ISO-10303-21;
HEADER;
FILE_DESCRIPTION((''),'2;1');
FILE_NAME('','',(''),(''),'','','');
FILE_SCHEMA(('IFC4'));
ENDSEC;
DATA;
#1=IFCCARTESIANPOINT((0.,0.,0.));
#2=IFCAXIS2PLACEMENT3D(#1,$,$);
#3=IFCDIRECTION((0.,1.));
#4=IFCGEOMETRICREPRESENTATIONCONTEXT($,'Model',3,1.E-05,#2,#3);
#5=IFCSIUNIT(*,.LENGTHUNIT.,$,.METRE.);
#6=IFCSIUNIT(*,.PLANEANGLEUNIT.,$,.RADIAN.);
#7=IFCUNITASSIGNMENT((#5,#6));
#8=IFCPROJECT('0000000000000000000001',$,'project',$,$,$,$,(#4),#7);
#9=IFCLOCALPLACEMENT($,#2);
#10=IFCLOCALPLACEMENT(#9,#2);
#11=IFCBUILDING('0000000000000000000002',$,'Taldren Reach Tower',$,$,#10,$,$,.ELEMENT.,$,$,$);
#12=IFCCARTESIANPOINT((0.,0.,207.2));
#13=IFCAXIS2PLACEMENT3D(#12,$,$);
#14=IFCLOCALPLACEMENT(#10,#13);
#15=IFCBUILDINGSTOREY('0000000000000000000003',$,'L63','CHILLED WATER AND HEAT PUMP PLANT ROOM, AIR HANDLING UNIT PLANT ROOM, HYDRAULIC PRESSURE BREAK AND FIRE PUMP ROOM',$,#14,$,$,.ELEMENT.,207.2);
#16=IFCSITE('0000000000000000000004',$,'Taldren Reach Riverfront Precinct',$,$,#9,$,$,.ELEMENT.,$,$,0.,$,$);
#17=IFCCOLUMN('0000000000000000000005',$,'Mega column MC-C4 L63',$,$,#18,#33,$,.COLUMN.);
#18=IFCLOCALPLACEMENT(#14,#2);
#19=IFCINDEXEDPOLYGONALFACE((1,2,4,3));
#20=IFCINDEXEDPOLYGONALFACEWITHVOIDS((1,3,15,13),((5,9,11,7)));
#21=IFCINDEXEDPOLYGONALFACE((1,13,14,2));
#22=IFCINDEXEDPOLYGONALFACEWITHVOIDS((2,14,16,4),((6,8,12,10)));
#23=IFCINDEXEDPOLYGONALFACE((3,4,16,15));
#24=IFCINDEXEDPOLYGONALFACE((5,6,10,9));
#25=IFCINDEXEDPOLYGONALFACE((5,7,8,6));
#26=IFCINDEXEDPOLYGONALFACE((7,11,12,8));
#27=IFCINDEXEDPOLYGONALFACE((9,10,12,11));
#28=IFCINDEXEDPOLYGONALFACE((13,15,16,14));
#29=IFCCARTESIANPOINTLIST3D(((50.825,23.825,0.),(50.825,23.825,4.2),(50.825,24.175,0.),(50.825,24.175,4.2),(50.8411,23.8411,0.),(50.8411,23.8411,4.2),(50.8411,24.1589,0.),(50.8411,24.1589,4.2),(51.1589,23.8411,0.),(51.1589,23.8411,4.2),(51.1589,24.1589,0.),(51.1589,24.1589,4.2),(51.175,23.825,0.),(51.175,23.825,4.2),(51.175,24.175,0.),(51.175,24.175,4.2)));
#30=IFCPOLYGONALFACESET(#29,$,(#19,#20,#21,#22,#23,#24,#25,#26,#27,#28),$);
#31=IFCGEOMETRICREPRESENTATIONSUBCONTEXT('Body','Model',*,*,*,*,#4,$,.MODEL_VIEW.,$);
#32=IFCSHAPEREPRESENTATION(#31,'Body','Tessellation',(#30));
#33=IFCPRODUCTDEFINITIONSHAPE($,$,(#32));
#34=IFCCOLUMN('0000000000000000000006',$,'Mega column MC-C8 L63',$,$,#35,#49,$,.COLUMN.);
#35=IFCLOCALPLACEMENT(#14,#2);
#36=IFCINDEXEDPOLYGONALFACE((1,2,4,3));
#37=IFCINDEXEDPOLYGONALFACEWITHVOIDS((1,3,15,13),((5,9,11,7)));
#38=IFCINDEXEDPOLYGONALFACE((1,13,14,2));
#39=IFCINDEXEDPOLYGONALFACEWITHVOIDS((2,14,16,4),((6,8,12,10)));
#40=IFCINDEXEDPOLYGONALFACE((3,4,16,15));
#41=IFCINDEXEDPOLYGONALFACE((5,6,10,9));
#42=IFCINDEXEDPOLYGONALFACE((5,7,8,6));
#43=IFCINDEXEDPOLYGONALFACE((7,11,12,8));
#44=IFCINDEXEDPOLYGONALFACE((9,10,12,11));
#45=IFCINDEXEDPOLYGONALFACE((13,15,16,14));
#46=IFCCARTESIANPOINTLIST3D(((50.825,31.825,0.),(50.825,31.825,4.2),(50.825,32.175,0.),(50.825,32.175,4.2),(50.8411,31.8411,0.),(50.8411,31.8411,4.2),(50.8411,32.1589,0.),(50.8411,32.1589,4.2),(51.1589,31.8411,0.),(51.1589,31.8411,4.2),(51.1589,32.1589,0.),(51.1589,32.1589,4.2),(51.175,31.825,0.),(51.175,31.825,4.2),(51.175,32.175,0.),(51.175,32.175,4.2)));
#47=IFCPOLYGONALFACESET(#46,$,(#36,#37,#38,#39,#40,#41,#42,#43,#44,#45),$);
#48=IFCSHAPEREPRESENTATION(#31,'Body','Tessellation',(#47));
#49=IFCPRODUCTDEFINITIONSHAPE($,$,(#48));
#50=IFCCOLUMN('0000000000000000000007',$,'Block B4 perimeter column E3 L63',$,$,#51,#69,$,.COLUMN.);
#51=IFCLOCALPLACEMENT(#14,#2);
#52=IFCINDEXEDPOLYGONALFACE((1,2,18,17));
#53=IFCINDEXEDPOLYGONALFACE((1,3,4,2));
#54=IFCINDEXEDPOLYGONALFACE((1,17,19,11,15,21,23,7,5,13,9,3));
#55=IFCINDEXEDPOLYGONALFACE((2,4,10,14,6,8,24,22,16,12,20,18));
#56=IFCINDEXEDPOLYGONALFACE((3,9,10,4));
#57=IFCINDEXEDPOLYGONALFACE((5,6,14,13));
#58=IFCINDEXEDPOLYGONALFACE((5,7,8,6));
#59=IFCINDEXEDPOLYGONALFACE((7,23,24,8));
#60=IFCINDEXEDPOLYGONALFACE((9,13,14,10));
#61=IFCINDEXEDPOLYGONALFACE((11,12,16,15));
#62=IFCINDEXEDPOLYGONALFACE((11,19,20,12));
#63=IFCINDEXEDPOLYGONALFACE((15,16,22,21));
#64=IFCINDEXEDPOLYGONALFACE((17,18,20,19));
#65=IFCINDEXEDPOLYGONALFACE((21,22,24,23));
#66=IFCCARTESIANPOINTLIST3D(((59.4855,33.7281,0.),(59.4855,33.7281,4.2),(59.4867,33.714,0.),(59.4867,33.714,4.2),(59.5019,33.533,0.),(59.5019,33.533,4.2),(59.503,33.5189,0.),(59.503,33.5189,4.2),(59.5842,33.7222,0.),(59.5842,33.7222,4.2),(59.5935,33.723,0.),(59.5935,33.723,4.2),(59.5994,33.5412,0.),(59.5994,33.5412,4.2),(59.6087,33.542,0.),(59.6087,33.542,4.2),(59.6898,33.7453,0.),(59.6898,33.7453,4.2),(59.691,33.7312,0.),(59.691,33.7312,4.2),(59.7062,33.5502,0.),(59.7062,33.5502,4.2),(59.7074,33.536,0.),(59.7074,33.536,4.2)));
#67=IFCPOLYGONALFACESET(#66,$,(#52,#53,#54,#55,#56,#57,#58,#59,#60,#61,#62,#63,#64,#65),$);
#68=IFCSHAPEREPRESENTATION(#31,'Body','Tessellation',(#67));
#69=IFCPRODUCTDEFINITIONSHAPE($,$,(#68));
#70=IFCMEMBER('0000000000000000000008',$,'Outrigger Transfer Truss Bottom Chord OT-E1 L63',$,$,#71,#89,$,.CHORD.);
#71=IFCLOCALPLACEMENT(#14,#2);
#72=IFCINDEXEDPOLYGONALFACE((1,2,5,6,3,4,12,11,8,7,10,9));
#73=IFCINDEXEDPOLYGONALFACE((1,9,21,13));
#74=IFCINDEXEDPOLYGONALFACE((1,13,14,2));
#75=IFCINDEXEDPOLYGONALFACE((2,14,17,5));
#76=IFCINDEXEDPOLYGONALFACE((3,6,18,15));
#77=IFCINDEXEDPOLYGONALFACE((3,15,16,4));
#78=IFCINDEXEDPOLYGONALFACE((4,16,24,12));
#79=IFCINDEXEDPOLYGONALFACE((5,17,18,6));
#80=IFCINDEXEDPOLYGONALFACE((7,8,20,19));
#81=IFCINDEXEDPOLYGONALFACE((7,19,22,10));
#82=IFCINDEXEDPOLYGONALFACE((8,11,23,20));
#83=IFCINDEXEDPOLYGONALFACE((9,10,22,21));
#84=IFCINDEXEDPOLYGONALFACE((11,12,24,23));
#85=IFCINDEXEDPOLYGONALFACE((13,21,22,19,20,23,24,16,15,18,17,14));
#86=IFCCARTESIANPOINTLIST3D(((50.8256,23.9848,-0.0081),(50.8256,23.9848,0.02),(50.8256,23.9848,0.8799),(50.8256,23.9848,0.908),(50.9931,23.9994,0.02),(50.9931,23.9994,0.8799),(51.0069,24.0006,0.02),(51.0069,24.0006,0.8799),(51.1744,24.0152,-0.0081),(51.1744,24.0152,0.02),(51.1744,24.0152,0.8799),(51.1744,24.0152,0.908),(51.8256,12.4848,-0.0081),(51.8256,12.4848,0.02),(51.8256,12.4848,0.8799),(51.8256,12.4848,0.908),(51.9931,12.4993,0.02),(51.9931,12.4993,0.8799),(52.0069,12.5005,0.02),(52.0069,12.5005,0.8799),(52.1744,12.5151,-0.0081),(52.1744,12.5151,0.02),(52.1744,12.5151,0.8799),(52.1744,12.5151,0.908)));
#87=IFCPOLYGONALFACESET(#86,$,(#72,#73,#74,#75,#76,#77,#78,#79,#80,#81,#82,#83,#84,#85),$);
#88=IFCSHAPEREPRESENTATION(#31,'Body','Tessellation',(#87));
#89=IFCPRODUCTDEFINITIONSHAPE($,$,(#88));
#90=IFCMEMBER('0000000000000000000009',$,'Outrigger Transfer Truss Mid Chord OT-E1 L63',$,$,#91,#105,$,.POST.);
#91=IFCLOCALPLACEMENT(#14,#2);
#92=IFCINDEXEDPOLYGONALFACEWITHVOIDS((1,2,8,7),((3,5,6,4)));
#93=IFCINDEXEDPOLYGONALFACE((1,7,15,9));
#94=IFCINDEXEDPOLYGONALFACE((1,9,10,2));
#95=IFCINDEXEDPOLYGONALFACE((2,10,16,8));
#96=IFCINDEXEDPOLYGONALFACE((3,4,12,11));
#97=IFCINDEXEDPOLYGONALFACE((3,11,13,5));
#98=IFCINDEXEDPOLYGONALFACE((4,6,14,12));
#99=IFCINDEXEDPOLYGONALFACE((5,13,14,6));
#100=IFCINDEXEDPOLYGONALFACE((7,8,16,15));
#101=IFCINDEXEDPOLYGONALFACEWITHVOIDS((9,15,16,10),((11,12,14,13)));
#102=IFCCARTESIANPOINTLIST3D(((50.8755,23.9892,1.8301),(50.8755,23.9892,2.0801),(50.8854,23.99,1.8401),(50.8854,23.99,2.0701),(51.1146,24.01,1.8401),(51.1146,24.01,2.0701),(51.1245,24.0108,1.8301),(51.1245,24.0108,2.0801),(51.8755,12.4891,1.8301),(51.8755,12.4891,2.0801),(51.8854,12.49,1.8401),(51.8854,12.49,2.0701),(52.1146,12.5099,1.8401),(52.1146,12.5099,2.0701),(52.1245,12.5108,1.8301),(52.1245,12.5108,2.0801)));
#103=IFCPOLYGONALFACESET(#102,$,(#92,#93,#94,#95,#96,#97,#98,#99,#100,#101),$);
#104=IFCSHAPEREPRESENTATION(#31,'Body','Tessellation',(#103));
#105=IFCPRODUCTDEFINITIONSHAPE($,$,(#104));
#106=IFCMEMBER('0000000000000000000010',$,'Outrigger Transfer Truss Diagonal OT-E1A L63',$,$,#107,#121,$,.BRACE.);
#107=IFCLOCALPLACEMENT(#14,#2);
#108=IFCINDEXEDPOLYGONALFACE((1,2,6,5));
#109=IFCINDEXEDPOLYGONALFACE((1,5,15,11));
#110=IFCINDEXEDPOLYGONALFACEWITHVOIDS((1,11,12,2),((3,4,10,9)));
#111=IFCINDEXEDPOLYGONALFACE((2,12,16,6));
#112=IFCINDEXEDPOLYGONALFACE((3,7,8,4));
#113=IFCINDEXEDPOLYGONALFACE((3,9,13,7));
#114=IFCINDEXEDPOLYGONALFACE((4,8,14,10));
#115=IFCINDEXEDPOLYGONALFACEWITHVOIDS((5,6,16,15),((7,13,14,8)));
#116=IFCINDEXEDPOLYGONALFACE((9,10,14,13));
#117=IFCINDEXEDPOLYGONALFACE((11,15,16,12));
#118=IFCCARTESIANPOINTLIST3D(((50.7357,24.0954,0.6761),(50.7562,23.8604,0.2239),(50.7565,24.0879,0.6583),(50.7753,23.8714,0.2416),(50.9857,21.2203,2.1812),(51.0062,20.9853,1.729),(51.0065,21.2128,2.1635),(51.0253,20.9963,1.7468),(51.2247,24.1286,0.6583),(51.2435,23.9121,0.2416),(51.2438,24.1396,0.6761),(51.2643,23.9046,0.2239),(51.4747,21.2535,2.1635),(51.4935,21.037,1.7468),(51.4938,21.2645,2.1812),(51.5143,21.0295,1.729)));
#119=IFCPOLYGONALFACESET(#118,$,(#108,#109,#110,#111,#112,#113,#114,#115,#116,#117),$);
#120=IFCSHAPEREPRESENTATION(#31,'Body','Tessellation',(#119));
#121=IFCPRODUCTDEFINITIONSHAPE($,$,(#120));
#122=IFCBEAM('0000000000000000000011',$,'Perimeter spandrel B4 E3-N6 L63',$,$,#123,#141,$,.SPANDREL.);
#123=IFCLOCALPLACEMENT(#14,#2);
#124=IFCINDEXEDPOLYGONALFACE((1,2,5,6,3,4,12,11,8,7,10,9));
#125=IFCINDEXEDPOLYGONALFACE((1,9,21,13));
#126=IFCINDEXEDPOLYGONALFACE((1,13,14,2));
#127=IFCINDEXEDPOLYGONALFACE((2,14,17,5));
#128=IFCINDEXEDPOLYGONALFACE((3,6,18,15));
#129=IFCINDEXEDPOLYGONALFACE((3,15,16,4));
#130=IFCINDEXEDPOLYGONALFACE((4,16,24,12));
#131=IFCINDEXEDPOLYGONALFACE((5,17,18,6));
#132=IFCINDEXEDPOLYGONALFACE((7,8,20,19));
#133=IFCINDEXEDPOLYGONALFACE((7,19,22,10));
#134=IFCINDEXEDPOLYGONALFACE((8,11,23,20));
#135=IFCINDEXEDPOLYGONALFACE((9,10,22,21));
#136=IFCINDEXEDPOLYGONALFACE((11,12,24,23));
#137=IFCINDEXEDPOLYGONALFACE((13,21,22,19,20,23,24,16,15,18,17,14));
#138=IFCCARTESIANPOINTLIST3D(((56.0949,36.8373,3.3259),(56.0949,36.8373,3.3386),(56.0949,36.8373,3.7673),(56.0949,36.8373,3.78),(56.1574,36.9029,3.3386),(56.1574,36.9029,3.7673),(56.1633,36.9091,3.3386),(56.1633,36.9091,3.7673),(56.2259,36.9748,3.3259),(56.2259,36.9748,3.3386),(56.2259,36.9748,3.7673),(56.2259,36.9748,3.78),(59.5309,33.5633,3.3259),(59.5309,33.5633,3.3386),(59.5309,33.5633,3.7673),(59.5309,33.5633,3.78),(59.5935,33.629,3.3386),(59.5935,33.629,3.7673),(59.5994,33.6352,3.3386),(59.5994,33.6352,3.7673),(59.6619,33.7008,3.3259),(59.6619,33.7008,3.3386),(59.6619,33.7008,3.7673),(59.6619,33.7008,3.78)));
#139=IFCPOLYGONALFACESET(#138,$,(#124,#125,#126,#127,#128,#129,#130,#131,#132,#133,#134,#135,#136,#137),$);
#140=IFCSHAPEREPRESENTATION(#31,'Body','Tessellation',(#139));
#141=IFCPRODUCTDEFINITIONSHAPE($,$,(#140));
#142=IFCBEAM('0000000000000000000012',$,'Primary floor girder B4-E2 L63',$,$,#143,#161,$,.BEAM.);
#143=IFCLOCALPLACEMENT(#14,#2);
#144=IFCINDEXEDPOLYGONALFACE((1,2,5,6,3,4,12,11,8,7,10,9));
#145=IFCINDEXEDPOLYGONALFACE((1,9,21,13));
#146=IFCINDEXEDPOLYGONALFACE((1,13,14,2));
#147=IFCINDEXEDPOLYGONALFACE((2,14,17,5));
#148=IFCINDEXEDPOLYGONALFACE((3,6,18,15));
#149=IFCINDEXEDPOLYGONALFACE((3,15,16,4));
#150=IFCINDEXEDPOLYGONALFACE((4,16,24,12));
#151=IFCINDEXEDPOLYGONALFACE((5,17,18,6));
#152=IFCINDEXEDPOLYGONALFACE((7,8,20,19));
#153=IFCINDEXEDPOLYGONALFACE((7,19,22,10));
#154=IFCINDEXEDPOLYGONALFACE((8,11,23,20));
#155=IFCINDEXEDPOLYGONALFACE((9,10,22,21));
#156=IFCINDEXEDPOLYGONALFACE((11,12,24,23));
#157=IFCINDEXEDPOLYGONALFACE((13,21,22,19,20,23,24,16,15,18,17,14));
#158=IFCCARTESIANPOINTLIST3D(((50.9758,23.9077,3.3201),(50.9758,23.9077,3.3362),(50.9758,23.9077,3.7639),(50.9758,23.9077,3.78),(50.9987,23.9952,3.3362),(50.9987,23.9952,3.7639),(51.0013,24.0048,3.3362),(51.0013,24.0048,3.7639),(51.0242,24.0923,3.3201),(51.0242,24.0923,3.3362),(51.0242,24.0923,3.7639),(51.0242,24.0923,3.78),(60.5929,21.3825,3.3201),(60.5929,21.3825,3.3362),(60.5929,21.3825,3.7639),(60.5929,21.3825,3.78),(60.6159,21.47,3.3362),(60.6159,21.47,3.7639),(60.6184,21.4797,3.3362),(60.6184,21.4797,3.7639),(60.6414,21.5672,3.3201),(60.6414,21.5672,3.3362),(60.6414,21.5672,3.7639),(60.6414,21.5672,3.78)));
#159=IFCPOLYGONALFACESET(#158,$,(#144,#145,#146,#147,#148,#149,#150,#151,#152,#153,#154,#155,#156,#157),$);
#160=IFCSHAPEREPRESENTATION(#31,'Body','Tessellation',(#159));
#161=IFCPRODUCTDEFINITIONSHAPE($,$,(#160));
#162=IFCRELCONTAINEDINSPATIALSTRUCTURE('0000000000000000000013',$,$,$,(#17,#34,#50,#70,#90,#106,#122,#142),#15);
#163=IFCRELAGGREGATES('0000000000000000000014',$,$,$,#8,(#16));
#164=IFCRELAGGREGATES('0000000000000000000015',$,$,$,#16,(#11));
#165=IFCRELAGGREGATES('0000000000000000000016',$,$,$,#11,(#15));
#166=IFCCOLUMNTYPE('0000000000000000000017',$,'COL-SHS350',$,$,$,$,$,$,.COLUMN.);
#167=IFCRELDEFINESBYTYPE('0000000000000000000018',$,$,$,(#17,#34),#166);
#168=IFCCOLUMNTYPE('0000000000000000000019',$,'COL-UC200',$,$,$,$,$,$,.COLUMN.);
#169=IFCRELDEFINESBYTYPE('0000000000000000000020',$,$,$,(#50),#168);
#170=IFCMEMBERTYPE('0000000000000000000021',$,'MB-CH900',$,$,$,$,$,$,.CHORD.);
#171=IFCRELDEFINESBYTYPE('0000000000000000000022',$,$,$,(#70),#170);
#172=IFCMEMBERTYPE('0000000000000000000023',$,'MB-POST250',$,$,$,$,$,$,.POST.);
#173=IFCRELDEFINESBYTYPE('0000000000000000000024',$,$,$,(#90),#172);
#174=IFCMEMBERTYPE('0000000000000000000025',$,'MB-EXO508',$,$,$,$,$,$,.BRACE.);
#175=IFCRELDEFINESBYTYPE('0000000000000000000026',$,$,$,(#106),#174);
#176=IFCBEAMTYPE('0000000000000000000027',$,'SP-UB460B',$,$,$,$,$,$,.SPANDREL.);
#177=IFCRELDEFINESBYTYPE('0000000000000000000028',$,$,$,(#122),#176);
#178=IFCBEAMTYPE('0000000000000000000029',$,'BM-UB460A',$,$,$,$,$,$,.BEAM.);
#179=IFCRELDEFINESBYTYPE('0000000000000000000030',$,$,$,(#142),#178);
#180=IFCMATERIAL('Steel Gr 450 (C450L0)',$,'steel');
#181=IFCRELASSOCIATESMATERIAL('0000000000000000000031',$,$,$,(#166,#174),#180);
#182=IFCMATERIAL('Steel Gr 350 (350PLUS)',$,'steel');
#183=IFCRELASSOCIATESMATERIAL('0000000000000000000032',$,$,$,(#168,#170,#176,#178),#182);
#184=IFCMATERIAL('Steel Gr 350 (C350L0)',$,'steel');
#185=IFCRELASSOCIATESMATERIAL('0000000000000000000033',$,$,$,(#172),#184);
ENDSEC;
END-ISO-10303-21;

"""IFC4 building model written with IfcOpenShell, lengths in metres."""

from ifc_helpers import new_model, si_unit, direction, frame, origin, origin_2d, place, context, subcontext, project, spatial, hollow_rectangle, i_section, extrude, source, transform, mapped, material, material_profile, profile_set, type_object, element, save


model = new_model("IFC4")

# Units and contexts
model_context = context("Model", 3, precision=1e-05, world=origin(), true_north=direction((0.0, 1.0)))
body_context = subcontext(model_context, "Body", "Model", "MODEL_VIEW")
ifc_project = project(units=[si_unit("LENGTHUNIT", "METRE"), si_unit("PLANEANGLEUNIT", "RADIAN")], contexts=[model_context])

# Site, building, storey
site_placement = place(None, origin())
site = spatial("IfcSite", under=ifc_project, at=site_placement, Name="Taldren Reach Riverfront Precinct", CompositionType="ELEMENT", RefElevation=0.0)
building_placement = place(site_placement, origin())
building = spatial("IfcBuilding", under=site, at=building_placement, Name="Taldren Reach Tower", CompositionType="ELEMENT")
storey_placement = place(building_placement, frame((0.0, 0.0, 207.2)))
storey = spatial("IfcBuildingStorey", under=building, at=storey_placement, Name="L63", Description="CHILLED WATER AND HEAT PUMP PLANT ROOM, AIR HANDLING UNIT PLANT ROOM, HYDRAULIC PRESSURE BREAK AND FIRE PUMP ROOM", CompositionType="ELEMENT", Elevation=207.2)

# Columns
ifc_material_1 = material(Name="Steel Gr 450 (C450L0)", Category="steel")
ifc_material_profile_1 = material_profile(ifc_material_1, hollow_rectangle(XDim=0.3501, YDim=0.3501, WallThickness=0.0161, at=origin_2d()), Name="350x350x16.0SHS")
ifc_profile_set_1 = profile_set([ifc_material_profile_1], Name="Steel Gr 450 (C450L0)")
column_type_1 = type_object("IfcColumnType", Name="COL-SHS350", PredefinedType="COLUMN", material=ifc_profile_set_1)
shared_shape_1 = source(origin(), body_context, "Body", "SweptSolid", [
    extrude(hollow_rectangle(XDim=0.3501, YDim=0.3501, WallThickness=0.0161, at=origin_2d()), origin(), (0.0, 0.0, 1.0), 4.2),
])
for number, where, z_axis, x_axis, name in (
    (1, (51.0, 24.0, 0.0), (0.0, 0.0, 1.0), (1.0, 0.0, 0.0), "Mega column MC-C4 L63"),
    (2, (51.0, 32.0, 0.0), (0.0, 0.0, 1.0), (1.0, 0.0, 0.0), "Mega column MC-C8 L63"),
):
    element("IfcColumn", number, at=place(storey_placement, frame(where, z_axis=z_axis, x_axis=x_axis)), inside=storey, type_object=column_type_1, Name=name, PredefinedType="COLUMN", context=body_context, shape_type="MappedRepresentation", body=[
        mapped(shared_shape_1, transform((0.0, 0.0, 0.0), scale=1.0)),
    ])
ifc_material_2 = material(Name="Steel Gr 350 (350PLUS)", Category="steel")
ifc_material_profile_2 = material_profile(ifc_material_2, i_section(OverallWidth=0.2051, OverallDepth=0.21, WebThickness=0.0093, FlangeThickness=0.0142, at=origin_2d()), Name="200UC59.5")
ifc_profile_set_2 = profile_set([ifc_material_profile_2], Name="Steel Gr 350 (350PLUS)")
column_type_2 = type_object("IfcColumnType", Name="COL-UC200", PredefinedType="COLUMN", material=ifc_profile_set_2)
shared_shape_2 = source(origin(), body_context, "Body", "SweptSolid", [
    extrude(i_section(OverallWidth=0.2051, OverallDepth=0.21, WebThickness=0.0093, FlangeThickness=0.0142, at=origin_2d()), origin(), (0.0, 0.0, 1.0), 4.2),
])
column_placement = place(storey_placement, frame((59.5964, 33.6321, 0.0), z_axis=(0.0, 0.0, 1.0), x_axis=(0.996493, 0.083678, 0.0)))
element("IfcColumn", 3, at=column_placement, inside=storey, type_object=column_type_2, Name="Block B4 perimeter column E3 L63", PredefinedType="COLUMN", context=body_context, shape_type="MappedRepresentation", body=[
    mapped(shared_shape_2, transform((0.0, 0.0, 0.0), scale=1.0)),
])

# Members
ifc_material_profile_3 = material_profile(ifc_material_2, i_section(OverallWidth=0.3501, OverallDepth=0.916, WebThickness=0.0139, FlangeThickness=0.0281, at=origin_2d()), Name="900WB257")
ifc_profile_set_3 = profile_set([ifc_material_profile_3], Name="Steel Gr 350 (350PLUS)")
member_type_1 = type_object("IfcMemberType", Name="MB-CH900", PredefinedType="CHORD", material=ifc_profile_set_3)
shared_shape_3 = source(origin(), body_context, "Body", "SweptSolid", [
    extrude(i_section(OverallWidth=0.3501, OverallDepth=0.916, WebThickness=0.0139, FlangeThickness=0.0281, at=origin_2d()), origin(), (0.0, 0.0, 1.0), 11.5435),
])
member_1_placement = place(storey_placement, frame((51.0, 24.0, 0.45), z_axis=(0.08663, -0.996241, 0.0), x_axis=(0.996241, 0.08663, 0.0)))
element("IfcMember", 4, at=member_1_placement, inside=storey, type_object=member_type_1, Name="Outrigger Transfer Truss Bottom Chord OT-E1 L63", PredefinedType="CHORD", context=body_context, shape_type="MappedRepresentation", body=[
    mapped(shared_shape_3, transform((0.0, 0.0, 0.0), scale=1.0)),
])
ifc_material_3 = material(Name="Steel Gr 350 (C350L0)", Category="steel")
ifc_material_profile_4 = material_profile(ifc_material_3, hollow_rectangle(XDim=0.25, YDim=0.25, WallThickness=0.01, at=origin_2d()), Name="250x250x10.0SHS")
ifc_profile_set_4 = profile_set([ifc_material_profile_4], Name="Steel Gr 350 (C350L0)")
member_type_2 = type_object("IfcMemberType", Name="MB-POST250", PredefinedType="POST", material=ifc_profile_set_4)
shared_shape_4 = source(origin(), body_context, "Body", "SweptSolid", [
    extrude(hollow_rectangle(XDim=0.25, YDim=0.25, WallThickness=0.01, at=origin_2d()), origin(), (0.0, 0.0, 1.0), 11.5435),
])
member_2_placement = place(storey_placement, frame((51.0, 24.0, 1.9551), z_axis=(0.08663, -0.996241, 0.0), x_axis=(0.996241, 0.08663, 0.0)))
element("IfcMember", 5, at=member_2_placement, inside=storey, type_object=member_type_2, Name="Outrigger Transfer Truss Mid Chord OT-E1 L63", PredefinedType="POST", context=body_context, shape_type="MappedRepresentation", body=[
    mapped(shared_shape_4, transform((0.0, 0.0, 0.0), scale=1.0)),
])
ifc_material_profile_5 = material_profile(ifc_material_1, hollow_rectangle(XDim=0.51, YDim=0.51, WallThickness=0.02, at=origin_2d()), Name="510x510x20.0SHS")
ifc_profile_set_5 = profile_set([ifc_material_profile_5], Name="Steel Gr 450 (C450L0)")
member_type_3 = type_object("IfcMemberType", Name="MB-EXO508", PredefinedType="BRACE", material=ifc_profile_set_5)
shared_shape_5 = source(origin(), body_context, "Body", "SweptSolid", [
    extrude(hollow_rectangle(XDim=0.51, YDim=0.51, WallThickness=0.02, at=origin_2d()), origin(), (0.0, 0.0, 1.0), 3.2549),
])
member_3_placement = place(storey_placement, frame((51.0, 24.0, 0.45), z_axis=(0.07681, -0.883319, 0.462437), x_axis=(0.996241, 0.08663, 0.0)))
element("IfcMember", 6, at=member_3_placement, inside=storey, type_object=member_type_3, Name="Outrigger Transfer Truss Diagonal OT-E1A L63", PredefinedType="BRACE", context=body_context, shape_type="MappedRepresentation", body=[
    mapped(shared_shape_5, transform((0.0, 0.0, 0.0), scale=1.0)),
])

# Beams
ifc_material_profile_6 = material_profile(ifc_material_2, i_section(OverallWidth=0.1899, OverallDepth=0.4541, WebThickness=0.0085, FlangeThickness=0.0127, at=origin_2d()), Name="460UB67.1")
ifc_profile_set_6 = profile_set([ifc_material_profile_6], Name="Steel Gr 350 (350PLUS)")
beam_type_1 = type_object("IfcBeamType", Name="SP-UB460B", PredefinedType="SPANDREL", material=ifc_profile_set_6)
shared_shape_6 = source(origin(), body_context, "Body", "SweptSolid", [
    extrude(i_section(OverallWidth=0.1899, OverallDepth=0.4541, WebThickness=0.0085, FlangeThickness=0.0127, at=origin_2d()), origin(), (0.0, 0.0, 1.0), 4.7461),
])
beam_1_placement = place(storey_placement, frame((59.5964, 33.6321, 3.553), z_axis=(-0.723979, 0.689822, 0.0), x_axis=(-0.689822, -0.723979, 0.0)))
element("IfcBeam", 7, at=beam_1_placement, inside=storey, type_object=beam_type_1, Name="Perimeter spandrel B4 E3-N6 L63", PredefinedType="SPANDREL", context=body_context, shape_type="MappedRepresentation", body=[
    mapped(shared_shape_6, transform((0.0, 0.0, 0.0), scale=1.0)),
])
ifc_material_profile_7 = material_profile(ifc_material_2, i_section(OverallWidth=0.1909, OverallDepth=0.46, WebThickness=0.01, FlangeThickness=0.0161, at=origin_2d()), Name="460UB82.1")
ifc_profile_set_7 = profile_set([ifc_material_profile_7], Name="Steel Gr 350 (350PLUS)")
beam_type_2 = type_object("IfcBeamType", Name="BM-UB460A", PredefinedType="BEAM", material=ifc_profile_set_7)
shared_shape_7 = source(origin(), body_context, "Body", "SweptSolid", [
    extrude(i_section(OverallWidth=0.1909, OverallDepth=0.46, WebThickness=0.01, FlangeThickness=0.0161, at=origin_2d()), origin(), (0.0, 0.0, 1.0), 9.9431),
])
beam_2_placement = place(storey_placement, frame((51.0, 24.0, 3.55), z_axis=(0.967215, -0.253958, 0.0), x_axis=(0.253958, 0.967215, 0.0)))
element("IfcBeam", 8, at=beam_2_placement, inside=storey, type_object=beam_type_2, Name="Primary floor girder B4-E2 L63", PredefinedType="BEAM", context=body_context, shape_type="MappedRepresentation", body=[
    mapped(shared_shape_7, transform((0.0, 0.0, 0.0), scale=1.0)),
])

save(model, "model.ifc")
